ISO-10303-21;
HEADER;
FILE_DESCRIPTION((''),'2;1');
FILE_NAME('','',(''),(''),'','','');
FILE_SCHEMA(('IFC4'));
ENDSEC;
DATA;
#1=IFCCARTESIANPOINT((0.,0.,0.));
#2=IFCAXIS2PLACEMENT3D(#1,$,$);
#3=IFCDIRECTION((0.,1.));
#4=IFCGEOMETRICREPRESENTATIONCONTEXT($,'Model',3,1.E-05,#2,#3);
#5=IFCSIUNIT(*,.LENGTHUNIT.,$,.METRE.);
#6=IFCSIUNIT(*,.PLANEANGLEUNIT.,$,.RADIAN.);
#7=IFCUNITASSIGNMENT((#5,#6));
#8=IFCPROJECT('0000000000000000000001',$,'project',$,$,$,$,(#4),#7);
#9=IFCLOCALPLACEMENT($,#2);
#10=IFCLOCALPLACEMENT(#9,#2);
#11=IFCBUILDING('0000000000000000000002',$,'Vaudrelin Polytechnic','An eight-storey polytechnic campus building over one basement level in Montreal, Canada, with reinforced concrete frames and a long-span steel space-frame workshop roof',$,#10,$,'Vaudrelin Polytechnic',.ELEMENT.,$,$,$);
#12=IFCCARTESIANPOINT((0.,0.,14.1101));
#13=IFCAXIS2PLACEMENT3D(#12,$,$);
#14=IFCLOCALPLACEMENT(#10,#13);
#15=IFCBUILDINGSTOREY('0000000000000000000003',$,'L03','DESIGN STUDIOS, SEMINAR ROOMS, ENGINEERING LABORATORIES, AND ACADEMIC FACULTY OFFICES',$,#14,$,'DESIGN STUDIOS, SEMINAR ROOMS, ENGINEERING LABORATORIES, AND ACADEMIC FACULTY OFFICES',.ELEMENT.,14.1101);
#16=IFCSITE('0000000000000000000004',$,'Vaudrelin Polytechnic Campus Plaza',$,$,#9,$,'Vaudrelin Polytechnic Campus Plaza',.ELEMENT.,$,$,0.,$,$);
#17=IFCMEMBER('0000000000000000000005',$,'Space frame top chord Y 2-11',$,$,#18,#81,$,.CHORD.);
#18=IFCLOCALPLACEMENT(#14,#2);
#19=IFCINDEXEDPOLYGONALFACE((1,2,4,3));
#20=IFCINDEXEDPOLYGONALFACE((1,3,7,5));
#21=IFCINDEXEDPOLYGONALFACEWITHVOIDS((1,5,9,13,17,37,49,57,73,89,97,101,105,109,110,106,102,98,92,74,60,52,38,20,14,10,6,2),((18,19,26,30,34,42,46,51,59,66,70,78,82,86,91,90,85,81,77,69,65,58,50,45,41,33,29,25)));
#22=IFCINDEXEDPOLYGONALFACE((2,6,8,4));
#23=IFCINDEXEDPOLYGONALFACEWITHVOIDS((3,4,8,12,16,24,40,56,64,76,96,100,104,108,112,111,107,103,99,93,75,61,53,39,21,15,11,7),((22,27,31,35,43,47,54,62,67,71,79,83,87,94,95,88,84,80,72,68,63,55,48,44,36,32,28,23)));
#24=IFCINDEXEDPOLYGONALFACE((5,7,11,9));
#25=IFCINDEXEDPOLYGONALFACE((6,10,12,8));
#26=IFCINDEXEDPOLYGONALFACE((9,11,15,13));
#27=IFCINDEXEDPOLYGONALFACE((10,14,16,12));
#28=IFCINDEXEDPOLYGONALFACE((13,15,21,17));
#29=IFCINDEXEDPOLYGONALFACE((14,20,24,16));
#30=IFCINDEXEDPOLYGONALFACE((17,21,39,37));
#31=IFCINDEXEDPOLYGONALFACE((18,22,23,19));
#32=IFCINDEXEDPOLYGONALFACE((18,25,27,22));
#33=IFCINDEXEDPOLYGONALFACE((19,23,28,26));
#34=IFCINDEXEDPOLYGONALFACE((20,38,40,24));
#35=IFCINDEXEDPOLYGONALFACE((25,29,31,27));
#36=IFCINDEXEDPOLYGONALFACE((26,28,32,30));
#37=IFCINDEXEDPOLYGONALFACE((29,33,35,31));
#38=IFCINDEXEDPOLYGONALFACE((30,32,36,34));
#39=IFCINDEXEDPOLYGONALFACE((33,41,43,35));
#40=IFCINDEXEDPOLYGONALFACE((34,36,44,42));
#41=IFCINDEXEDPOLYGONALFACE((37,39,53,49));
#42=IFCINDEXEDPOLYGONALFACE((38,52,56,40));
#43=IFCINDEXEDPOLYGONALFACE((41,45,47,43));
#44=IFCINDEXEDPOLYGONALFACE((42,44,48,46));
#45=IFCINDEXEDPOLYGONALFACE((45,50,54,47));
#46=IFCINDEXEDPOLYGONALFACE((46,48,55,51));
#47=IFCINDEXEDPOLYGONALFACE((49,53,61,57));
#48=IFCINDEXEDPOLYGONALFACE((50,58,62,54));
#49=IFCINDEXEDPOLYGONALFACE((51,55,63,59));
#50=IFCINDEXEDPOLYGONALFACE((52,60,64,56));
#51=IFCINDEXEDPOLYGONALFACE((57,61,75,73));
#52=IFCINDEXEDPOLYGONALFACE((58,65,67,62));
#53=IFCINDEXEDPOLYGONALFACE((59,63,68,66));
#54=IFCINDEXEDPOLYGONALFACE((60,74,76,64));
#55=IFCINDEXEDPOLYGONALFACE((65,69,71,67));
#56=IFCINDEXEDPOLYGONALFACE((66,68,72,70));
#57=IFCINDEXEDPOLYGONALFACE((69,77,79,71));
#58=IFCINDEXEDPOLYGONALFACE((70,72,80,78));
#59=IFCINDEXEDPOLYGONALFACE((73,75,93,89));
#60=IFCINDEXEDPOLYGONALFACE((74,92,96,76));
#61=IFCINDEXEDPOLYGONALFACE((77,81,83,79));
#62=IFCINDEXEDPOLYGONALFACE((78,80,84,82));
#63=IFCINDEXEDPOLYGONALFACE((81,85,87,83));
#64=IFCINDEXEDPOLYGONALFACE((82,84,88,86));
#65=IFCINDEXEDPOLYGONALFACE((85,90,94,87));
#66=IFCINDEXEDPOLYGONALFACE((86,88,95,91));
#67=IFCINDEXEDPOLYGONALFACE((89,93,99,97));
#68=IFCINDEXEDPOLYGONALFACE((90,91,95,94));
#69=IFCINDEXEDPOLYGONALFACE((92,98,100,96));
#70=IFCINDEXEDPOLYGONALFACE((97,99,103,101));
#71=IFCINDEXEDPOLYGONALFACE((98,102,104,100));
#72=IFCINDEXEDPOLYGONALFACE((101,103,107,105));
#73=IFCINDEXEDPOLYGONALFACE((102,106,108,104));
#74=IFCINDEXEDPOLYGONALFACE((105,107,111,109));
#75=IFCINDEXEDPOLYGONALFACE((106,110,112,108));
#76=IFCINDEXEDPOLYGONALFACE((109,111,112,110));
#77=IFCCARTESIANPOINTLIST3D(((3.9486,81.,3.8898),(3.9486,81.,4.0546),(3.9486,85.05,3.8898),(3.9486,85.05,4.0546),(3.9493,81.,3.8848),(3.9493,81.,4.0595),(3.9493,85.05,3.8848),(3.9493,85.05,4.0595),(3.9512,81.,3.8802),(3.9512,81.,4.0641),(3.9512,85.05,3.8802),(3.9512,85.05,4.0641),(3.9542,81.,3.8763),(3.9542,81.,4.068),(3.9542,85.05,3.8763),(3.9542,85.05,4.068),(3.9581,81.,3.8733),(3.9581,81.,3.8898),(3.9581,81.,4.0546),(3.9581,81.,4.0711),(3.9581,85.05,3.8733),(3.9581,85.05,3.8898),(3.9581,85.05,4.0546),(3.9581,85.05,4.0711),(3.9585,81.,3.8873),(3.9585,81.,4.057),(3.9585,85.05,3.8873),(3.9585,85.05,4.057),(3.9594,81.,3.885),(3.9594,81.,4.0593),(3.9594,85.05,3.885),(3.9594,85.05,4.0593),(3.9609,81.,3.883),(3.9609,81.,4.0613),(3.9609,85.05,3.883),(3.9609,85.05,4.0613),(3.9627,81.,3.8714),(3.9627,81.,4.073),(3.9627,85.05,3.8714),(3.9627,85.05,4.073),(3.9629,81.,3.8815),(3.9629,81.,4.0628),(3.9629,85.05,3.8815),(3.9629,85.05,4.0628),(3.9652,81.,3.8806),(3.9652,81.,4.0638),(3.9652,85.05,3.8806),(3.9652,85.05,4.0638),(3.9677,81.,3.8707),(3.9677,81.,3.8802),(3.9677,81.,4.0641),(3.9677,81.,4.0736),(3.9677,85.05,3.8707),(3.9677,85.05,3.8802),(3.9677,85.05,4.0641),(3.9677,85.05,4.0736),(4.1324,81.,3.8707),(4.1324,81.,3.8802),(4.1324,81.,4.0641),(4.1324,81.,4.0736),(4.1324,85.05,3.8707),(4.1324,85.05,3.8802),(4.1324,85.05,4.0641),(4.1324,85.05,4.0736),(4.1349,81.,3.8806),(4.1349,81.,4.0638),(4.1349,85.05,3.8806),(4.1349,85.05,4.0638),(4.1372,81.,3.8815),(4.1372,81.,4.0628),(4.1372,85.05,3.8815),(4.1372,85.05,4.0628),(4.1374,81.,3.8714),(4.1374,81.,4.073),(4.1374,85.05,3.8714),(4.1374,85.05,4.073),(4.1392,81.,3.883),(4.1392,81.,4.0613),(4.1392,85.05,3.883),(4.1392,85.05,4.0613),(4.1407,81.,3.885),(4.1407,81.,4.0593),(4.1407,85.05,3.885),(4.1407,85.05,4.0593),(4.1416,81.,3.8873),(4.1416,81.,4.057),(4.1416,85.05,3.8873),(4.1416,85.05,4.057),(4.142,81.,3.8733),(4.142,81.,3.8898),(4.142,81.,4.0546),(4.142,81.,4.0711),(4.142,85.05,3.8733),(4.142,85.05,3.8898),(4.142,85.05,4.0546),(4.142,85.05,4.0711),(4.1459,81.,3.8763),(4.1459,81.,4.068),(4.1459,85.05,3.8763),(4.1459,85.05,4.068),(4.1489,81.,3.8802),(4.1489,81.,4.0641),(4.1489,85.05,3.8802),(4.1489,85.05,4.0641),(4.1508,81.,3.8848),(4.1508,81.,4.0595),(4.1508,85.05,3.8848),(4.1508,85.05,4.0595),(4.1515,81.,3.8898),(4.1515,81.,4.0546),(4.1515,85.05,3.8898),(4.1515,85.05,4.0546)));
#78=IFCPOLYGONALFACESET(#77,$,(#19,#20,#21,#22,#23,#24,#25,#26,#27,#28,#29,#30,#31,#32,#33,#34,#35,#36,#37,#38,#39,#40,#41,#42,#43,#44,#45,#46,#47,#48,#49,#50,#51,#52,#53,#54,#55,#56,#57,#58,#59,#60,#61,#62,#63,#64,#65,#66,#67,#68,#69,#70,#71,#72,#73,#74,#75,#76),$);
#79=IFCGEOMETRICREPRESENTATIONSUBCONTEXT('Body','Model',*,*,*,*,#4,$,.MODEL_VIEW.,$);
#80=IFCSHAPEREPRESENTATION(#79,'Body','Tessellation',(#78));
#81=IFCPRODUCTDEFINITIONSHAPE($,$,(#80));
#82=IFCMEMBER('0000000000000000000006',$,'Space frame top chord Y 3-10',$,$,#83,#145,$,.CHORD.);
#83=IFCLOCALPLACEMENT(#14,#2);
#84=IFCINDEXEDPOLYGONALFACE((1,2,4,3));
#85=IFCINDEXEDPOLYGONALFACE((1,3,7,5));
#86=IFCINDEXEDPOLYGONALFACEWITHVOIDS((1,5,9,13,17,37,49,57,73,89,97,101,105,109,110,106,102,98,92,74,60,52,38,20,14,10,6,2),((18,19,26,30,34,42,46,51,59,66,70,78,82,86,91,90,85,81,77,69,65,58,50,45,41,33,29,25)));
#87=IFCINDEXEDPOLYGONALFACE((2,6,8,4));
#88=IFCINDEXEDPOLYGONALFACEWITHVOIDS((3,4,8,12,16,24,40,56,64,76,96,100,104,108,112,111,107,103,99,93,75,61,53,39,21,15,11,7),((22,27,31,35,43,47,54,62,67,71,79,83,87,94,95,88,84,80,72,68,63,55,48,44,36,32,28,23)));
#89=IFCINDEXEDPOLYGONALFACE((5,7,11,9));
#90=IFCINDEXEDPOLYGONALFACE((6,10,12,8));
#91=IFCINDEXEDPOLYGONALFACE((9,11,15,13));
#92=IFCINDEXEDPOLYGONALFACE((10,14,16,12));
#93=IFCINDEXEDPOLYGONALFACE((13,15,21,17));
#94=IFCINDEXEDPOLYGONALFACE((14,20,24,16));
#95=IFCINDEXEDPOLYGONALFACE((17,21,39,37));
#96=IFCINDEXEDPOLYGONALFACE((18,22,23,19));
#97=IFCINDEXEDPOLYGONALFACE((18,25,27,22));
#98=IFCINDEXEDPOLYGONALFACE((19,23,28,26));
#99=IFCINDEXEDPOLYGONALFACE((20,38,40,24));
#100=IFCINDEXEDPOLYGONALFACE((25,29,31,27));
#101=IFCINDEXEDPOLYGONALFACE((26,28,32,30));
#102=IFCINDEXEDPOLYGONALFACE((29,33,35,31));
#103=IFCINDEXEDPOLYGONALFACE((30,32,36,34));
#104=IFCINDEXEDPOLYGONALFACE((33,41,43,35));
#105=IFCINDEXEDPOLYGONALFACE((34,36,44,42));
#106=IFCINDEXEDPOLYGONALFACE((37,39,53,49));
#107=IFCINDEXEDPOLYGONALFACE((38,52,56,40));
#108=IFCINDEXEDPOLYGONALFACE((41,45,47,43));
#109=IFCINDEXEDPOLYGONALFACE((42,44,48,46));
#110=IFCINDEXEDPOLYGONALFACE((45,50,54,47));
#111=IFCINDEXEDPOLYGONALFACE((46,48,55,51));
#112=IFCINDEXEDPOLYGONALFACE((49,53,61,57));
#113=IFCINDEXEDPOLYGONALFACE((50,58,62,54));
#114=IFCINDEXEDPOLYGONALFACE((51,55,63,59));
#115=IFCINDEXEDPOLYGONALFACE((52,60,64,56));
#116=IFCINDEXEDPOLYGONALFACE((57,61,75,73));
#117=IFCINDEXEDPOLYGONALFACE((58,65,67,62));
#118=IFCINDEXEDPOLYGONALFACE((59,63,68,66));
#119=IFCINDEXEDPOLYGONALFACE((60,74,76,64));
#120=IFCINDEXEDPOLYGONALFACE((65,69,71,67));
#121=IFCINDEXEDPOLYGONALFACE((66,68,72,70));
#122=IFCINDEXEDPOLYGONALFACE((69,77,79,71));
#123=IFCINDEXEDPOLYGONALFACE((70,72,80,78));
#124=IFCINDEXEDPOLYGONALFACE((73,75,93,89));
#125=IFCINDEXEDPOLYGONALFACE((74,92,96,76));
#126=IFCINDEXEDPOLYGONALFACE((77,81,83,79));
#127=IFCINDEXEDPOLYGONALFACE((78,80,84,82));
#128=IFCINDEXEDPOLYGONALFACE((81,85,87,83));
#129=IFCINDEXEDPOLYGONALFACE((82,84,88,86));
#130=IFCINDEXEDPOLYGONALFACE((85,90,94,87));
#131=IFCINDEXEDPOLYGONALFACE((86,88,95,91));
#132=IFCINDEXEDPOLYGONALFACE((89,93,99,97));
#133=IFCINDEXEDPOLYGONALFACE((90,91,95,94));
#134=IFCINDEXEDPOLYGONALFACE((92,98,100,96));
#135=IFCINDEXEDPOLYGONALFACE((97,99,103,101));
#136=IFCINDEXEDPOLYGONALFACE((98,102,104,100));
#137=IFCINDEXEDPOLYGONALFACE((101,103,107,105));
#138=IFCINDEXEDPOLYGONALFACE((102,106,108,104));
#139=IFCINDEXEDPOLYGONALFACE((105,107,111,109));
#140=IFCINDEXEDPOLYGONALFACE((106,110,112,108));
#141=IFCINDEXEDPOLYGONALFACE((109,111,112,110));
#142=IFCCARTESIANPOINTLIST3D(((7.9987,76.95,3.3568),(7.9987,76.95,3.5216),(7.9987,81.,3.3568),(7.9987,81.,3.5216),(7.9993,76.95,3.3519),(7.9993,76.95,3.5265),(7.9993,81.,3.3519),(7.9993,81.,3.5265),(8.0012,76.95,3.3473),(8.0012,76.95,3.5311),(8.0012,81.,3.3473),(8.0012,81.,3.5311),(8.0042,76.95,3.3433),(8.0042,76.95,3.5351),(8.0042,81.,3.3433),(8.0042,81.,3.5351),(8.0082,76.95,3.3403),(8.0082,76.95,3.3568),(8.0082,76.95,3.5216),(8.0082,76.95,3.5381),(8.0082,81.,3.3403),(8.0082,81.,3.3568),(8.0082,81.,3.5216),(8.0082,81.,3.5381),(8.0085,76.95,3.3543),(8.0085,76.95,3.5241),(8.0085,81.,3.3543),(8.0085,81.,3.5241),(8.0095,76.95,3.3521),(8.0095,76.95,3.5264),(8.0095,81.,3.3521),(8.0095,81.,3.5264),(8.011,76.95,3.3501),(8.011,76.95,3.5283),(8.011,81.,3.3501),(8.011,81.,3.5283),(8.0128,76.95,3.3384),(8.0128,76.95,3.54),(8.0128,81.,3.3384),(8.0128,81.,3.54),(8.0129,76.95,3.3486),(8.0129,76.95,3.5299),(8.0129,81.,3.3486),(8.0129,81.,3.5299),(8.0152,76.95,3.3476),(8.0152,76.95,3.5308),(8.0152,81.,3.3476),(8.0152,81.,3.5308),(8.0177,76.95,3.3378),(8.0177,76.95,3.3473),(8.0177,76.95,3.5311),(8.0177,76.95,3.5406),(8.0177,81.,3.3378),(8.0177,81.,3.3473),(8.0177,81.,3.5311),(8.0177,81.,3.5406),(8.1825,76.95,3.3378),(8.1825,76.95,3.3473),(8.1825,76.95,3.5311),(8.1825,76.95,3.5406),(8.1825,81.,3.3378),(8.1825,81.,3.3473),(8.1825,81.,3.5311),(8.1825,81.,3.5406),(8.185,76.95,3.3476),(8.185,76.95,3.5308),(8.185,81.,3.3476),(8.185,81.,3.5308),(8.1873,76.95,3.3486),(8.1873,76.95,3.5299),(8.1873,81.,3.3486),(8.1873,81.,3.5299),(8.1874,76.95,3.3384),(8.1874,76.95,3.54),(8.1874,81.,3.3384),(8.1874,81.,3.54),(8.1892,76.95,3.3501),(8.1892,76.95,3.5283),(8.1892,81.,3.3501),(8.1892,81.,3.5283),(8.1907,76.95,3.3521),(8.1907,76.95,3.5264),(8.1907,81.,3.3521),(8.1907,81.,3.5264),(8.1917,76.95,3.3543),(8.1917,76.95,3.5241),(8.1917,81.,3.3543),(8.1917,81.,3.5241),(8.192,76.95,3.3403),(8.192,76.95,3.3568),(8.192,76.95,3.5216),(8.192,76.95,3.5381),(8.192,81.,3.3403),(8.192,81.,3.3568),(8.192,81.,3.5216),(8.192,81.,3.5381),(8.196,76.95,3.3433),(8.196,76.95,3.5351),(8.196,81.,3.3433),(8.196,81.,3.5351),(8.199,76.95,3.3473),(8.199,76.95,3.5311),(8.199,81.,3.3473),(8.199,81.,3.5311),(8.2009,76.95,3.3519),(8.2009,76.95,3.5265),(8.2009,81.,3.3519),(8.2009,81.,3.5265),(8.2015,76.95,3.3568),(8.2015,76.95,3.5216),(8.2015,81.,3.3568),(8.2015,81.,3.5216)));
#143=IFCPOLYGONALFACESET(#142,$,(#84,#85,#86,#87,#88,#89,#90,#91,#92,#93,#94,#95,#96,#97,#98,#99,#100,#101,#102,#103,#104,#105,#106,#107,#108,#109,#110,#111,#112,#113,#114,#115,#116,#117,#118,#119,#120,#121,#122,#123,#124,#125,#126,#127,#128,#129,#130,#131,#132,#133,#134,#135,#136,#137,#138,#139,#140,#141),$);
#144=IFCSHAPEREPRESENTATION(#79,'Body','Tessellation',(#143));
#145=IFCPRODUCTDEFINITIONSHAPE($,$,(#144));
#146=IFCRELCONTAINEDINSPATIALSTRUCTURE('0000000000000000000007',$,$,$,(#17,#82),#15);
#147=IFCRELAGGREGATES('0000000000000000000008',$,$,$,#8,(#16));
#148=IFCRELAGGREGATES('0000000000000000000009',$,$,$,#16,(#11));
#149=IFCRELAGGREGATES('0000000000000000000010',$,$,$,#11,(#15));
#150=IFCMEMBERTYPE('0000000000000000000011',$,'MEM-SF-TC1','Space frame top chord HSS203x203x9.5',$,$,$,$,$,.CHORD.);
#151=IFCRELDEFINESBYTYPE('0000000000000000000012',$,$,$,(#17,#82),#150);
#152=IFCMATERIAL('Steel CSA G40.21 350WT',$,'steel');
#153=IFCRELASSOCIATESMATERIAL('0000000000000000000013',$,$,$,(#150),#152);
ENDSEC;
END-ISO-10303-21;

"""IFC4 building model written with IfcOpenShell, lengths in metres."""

from ifc_helpers import new_model, si_unit, direction, frame, origin, origin_2d, place, context, subcontext, project, spatial, hollow_rectangle, extrude, material, material_profile, profile_set, type_object, element, save


model = new_model("IFC4")

# Units and contexts
model_context = context("Model", 3, precision=1e-05, world=origin(), true_north=direction((0.0, 1.0)))
body_context = subcontext(model_context, "Body", "Model", "MODEL_VIEW")
ifc_project = project(units=[si_unit("LENGTHUNIT", "METRE"), si_unit("PLANEANGLEUNIT", "RADIAN")], contexts=[model_context])

# Site, building, storey
site_placement = place(None, origin())
site = spatial("IfcSite", under=ifc_project, at=site_placement, Name="Vaudrelin Polytechnic Campus Plaza", LongName="Vaudrelin Polytechnic Campus Plaza", CompositionType="ELEMENT", RefElevation=0.0)
building_placement = place(site_placement, origin())
building = spatial("IfcBuilding", under=site, at=building_placement, Name="Vaudrelin Polytechnic", Description="An eight-storey polytechnic campus building over one basement level in Montreal, Canada, with reinforced concrete frames and a long-span steel space-frame workshop roof", LongName="Vaudrelin Polytechnic", CompositionType="ELEMENT")
storey_placement = place(building_placement, frame((0.0, 0.0, 14.1101)))
storey = spatial("IfcBuildingStorey", under=building, at=storey_placement, Name="L03", Description="DESIGN STUDIOS, SEMINAR ROOMS, ENGINEERING LABORATORIES, AND ACADEMIC FACULTY OFFICES", LongName="DESIGN STUDIOS, SEMINAR ROOMS, ENGINEERING LABORATORIES, AND ACADEMIC FACULTY OFFICES", CompositionType="ELEMENT", Elevation=14.1101)

# Members
ifc_material_1 = material(Name="Steel CSA G40.21 350WT", Category="steel")
ifc_material_profile_1 = material_profile(ifc_material_1, hollow_rectangle(XDim=0.2029, YDim=0.2029, WallThickness=0.0095, InnerFilletRadius=0.0095, OuterFilletRadius=0.019, at=origin_2d()), Name="HSS203x203x9.5")
ifc_profile_set_1 = profile_set([ifc_material_profile_1], Name="Steel CSA G40.21 350WT")
member_type_1 = type_object("IfcMemberType", Name="MEM-SF-TC1", Description="Space frame top chord HSS203x203x9.5", PredefinedType="CHORD", material=ifc_profile_set_1)
for number, where, z_axis, x_axis, name in (
    (1, (4.05, 81.0, 3.9722), (0.0, 1.0, 0.0), (-1.0, 0.0, 0.0), "Space frame top chord Y 2-11"),
    (2, (8.1001, 76.95, 3.4392), (0.0, 1.0, 0.0), (-1.0, 0.0, 0.0), "Space frame top chord Y 3-10"),
):
    element("IfcMember", number, at=place(storey_placement, frame(where, z_axis=z_axis, x_axis=x_axis)), inside=storey, type_object=member_type_1, Name=name, PredefinedType="CHORD", context=body_context, shape_type="SweptSolid", body=[
        extrude(hollow_rectangle(XDim=0.2029, YDim=0.2029, WallThickness=0.0095, InnerFilletRadius=0.0095, OuterFilletRadius=0.019, at=origin_2d()), origin(), (0.0, 0.0, 1.0), 4.05),
    ])

save(model, "model.ifc")
